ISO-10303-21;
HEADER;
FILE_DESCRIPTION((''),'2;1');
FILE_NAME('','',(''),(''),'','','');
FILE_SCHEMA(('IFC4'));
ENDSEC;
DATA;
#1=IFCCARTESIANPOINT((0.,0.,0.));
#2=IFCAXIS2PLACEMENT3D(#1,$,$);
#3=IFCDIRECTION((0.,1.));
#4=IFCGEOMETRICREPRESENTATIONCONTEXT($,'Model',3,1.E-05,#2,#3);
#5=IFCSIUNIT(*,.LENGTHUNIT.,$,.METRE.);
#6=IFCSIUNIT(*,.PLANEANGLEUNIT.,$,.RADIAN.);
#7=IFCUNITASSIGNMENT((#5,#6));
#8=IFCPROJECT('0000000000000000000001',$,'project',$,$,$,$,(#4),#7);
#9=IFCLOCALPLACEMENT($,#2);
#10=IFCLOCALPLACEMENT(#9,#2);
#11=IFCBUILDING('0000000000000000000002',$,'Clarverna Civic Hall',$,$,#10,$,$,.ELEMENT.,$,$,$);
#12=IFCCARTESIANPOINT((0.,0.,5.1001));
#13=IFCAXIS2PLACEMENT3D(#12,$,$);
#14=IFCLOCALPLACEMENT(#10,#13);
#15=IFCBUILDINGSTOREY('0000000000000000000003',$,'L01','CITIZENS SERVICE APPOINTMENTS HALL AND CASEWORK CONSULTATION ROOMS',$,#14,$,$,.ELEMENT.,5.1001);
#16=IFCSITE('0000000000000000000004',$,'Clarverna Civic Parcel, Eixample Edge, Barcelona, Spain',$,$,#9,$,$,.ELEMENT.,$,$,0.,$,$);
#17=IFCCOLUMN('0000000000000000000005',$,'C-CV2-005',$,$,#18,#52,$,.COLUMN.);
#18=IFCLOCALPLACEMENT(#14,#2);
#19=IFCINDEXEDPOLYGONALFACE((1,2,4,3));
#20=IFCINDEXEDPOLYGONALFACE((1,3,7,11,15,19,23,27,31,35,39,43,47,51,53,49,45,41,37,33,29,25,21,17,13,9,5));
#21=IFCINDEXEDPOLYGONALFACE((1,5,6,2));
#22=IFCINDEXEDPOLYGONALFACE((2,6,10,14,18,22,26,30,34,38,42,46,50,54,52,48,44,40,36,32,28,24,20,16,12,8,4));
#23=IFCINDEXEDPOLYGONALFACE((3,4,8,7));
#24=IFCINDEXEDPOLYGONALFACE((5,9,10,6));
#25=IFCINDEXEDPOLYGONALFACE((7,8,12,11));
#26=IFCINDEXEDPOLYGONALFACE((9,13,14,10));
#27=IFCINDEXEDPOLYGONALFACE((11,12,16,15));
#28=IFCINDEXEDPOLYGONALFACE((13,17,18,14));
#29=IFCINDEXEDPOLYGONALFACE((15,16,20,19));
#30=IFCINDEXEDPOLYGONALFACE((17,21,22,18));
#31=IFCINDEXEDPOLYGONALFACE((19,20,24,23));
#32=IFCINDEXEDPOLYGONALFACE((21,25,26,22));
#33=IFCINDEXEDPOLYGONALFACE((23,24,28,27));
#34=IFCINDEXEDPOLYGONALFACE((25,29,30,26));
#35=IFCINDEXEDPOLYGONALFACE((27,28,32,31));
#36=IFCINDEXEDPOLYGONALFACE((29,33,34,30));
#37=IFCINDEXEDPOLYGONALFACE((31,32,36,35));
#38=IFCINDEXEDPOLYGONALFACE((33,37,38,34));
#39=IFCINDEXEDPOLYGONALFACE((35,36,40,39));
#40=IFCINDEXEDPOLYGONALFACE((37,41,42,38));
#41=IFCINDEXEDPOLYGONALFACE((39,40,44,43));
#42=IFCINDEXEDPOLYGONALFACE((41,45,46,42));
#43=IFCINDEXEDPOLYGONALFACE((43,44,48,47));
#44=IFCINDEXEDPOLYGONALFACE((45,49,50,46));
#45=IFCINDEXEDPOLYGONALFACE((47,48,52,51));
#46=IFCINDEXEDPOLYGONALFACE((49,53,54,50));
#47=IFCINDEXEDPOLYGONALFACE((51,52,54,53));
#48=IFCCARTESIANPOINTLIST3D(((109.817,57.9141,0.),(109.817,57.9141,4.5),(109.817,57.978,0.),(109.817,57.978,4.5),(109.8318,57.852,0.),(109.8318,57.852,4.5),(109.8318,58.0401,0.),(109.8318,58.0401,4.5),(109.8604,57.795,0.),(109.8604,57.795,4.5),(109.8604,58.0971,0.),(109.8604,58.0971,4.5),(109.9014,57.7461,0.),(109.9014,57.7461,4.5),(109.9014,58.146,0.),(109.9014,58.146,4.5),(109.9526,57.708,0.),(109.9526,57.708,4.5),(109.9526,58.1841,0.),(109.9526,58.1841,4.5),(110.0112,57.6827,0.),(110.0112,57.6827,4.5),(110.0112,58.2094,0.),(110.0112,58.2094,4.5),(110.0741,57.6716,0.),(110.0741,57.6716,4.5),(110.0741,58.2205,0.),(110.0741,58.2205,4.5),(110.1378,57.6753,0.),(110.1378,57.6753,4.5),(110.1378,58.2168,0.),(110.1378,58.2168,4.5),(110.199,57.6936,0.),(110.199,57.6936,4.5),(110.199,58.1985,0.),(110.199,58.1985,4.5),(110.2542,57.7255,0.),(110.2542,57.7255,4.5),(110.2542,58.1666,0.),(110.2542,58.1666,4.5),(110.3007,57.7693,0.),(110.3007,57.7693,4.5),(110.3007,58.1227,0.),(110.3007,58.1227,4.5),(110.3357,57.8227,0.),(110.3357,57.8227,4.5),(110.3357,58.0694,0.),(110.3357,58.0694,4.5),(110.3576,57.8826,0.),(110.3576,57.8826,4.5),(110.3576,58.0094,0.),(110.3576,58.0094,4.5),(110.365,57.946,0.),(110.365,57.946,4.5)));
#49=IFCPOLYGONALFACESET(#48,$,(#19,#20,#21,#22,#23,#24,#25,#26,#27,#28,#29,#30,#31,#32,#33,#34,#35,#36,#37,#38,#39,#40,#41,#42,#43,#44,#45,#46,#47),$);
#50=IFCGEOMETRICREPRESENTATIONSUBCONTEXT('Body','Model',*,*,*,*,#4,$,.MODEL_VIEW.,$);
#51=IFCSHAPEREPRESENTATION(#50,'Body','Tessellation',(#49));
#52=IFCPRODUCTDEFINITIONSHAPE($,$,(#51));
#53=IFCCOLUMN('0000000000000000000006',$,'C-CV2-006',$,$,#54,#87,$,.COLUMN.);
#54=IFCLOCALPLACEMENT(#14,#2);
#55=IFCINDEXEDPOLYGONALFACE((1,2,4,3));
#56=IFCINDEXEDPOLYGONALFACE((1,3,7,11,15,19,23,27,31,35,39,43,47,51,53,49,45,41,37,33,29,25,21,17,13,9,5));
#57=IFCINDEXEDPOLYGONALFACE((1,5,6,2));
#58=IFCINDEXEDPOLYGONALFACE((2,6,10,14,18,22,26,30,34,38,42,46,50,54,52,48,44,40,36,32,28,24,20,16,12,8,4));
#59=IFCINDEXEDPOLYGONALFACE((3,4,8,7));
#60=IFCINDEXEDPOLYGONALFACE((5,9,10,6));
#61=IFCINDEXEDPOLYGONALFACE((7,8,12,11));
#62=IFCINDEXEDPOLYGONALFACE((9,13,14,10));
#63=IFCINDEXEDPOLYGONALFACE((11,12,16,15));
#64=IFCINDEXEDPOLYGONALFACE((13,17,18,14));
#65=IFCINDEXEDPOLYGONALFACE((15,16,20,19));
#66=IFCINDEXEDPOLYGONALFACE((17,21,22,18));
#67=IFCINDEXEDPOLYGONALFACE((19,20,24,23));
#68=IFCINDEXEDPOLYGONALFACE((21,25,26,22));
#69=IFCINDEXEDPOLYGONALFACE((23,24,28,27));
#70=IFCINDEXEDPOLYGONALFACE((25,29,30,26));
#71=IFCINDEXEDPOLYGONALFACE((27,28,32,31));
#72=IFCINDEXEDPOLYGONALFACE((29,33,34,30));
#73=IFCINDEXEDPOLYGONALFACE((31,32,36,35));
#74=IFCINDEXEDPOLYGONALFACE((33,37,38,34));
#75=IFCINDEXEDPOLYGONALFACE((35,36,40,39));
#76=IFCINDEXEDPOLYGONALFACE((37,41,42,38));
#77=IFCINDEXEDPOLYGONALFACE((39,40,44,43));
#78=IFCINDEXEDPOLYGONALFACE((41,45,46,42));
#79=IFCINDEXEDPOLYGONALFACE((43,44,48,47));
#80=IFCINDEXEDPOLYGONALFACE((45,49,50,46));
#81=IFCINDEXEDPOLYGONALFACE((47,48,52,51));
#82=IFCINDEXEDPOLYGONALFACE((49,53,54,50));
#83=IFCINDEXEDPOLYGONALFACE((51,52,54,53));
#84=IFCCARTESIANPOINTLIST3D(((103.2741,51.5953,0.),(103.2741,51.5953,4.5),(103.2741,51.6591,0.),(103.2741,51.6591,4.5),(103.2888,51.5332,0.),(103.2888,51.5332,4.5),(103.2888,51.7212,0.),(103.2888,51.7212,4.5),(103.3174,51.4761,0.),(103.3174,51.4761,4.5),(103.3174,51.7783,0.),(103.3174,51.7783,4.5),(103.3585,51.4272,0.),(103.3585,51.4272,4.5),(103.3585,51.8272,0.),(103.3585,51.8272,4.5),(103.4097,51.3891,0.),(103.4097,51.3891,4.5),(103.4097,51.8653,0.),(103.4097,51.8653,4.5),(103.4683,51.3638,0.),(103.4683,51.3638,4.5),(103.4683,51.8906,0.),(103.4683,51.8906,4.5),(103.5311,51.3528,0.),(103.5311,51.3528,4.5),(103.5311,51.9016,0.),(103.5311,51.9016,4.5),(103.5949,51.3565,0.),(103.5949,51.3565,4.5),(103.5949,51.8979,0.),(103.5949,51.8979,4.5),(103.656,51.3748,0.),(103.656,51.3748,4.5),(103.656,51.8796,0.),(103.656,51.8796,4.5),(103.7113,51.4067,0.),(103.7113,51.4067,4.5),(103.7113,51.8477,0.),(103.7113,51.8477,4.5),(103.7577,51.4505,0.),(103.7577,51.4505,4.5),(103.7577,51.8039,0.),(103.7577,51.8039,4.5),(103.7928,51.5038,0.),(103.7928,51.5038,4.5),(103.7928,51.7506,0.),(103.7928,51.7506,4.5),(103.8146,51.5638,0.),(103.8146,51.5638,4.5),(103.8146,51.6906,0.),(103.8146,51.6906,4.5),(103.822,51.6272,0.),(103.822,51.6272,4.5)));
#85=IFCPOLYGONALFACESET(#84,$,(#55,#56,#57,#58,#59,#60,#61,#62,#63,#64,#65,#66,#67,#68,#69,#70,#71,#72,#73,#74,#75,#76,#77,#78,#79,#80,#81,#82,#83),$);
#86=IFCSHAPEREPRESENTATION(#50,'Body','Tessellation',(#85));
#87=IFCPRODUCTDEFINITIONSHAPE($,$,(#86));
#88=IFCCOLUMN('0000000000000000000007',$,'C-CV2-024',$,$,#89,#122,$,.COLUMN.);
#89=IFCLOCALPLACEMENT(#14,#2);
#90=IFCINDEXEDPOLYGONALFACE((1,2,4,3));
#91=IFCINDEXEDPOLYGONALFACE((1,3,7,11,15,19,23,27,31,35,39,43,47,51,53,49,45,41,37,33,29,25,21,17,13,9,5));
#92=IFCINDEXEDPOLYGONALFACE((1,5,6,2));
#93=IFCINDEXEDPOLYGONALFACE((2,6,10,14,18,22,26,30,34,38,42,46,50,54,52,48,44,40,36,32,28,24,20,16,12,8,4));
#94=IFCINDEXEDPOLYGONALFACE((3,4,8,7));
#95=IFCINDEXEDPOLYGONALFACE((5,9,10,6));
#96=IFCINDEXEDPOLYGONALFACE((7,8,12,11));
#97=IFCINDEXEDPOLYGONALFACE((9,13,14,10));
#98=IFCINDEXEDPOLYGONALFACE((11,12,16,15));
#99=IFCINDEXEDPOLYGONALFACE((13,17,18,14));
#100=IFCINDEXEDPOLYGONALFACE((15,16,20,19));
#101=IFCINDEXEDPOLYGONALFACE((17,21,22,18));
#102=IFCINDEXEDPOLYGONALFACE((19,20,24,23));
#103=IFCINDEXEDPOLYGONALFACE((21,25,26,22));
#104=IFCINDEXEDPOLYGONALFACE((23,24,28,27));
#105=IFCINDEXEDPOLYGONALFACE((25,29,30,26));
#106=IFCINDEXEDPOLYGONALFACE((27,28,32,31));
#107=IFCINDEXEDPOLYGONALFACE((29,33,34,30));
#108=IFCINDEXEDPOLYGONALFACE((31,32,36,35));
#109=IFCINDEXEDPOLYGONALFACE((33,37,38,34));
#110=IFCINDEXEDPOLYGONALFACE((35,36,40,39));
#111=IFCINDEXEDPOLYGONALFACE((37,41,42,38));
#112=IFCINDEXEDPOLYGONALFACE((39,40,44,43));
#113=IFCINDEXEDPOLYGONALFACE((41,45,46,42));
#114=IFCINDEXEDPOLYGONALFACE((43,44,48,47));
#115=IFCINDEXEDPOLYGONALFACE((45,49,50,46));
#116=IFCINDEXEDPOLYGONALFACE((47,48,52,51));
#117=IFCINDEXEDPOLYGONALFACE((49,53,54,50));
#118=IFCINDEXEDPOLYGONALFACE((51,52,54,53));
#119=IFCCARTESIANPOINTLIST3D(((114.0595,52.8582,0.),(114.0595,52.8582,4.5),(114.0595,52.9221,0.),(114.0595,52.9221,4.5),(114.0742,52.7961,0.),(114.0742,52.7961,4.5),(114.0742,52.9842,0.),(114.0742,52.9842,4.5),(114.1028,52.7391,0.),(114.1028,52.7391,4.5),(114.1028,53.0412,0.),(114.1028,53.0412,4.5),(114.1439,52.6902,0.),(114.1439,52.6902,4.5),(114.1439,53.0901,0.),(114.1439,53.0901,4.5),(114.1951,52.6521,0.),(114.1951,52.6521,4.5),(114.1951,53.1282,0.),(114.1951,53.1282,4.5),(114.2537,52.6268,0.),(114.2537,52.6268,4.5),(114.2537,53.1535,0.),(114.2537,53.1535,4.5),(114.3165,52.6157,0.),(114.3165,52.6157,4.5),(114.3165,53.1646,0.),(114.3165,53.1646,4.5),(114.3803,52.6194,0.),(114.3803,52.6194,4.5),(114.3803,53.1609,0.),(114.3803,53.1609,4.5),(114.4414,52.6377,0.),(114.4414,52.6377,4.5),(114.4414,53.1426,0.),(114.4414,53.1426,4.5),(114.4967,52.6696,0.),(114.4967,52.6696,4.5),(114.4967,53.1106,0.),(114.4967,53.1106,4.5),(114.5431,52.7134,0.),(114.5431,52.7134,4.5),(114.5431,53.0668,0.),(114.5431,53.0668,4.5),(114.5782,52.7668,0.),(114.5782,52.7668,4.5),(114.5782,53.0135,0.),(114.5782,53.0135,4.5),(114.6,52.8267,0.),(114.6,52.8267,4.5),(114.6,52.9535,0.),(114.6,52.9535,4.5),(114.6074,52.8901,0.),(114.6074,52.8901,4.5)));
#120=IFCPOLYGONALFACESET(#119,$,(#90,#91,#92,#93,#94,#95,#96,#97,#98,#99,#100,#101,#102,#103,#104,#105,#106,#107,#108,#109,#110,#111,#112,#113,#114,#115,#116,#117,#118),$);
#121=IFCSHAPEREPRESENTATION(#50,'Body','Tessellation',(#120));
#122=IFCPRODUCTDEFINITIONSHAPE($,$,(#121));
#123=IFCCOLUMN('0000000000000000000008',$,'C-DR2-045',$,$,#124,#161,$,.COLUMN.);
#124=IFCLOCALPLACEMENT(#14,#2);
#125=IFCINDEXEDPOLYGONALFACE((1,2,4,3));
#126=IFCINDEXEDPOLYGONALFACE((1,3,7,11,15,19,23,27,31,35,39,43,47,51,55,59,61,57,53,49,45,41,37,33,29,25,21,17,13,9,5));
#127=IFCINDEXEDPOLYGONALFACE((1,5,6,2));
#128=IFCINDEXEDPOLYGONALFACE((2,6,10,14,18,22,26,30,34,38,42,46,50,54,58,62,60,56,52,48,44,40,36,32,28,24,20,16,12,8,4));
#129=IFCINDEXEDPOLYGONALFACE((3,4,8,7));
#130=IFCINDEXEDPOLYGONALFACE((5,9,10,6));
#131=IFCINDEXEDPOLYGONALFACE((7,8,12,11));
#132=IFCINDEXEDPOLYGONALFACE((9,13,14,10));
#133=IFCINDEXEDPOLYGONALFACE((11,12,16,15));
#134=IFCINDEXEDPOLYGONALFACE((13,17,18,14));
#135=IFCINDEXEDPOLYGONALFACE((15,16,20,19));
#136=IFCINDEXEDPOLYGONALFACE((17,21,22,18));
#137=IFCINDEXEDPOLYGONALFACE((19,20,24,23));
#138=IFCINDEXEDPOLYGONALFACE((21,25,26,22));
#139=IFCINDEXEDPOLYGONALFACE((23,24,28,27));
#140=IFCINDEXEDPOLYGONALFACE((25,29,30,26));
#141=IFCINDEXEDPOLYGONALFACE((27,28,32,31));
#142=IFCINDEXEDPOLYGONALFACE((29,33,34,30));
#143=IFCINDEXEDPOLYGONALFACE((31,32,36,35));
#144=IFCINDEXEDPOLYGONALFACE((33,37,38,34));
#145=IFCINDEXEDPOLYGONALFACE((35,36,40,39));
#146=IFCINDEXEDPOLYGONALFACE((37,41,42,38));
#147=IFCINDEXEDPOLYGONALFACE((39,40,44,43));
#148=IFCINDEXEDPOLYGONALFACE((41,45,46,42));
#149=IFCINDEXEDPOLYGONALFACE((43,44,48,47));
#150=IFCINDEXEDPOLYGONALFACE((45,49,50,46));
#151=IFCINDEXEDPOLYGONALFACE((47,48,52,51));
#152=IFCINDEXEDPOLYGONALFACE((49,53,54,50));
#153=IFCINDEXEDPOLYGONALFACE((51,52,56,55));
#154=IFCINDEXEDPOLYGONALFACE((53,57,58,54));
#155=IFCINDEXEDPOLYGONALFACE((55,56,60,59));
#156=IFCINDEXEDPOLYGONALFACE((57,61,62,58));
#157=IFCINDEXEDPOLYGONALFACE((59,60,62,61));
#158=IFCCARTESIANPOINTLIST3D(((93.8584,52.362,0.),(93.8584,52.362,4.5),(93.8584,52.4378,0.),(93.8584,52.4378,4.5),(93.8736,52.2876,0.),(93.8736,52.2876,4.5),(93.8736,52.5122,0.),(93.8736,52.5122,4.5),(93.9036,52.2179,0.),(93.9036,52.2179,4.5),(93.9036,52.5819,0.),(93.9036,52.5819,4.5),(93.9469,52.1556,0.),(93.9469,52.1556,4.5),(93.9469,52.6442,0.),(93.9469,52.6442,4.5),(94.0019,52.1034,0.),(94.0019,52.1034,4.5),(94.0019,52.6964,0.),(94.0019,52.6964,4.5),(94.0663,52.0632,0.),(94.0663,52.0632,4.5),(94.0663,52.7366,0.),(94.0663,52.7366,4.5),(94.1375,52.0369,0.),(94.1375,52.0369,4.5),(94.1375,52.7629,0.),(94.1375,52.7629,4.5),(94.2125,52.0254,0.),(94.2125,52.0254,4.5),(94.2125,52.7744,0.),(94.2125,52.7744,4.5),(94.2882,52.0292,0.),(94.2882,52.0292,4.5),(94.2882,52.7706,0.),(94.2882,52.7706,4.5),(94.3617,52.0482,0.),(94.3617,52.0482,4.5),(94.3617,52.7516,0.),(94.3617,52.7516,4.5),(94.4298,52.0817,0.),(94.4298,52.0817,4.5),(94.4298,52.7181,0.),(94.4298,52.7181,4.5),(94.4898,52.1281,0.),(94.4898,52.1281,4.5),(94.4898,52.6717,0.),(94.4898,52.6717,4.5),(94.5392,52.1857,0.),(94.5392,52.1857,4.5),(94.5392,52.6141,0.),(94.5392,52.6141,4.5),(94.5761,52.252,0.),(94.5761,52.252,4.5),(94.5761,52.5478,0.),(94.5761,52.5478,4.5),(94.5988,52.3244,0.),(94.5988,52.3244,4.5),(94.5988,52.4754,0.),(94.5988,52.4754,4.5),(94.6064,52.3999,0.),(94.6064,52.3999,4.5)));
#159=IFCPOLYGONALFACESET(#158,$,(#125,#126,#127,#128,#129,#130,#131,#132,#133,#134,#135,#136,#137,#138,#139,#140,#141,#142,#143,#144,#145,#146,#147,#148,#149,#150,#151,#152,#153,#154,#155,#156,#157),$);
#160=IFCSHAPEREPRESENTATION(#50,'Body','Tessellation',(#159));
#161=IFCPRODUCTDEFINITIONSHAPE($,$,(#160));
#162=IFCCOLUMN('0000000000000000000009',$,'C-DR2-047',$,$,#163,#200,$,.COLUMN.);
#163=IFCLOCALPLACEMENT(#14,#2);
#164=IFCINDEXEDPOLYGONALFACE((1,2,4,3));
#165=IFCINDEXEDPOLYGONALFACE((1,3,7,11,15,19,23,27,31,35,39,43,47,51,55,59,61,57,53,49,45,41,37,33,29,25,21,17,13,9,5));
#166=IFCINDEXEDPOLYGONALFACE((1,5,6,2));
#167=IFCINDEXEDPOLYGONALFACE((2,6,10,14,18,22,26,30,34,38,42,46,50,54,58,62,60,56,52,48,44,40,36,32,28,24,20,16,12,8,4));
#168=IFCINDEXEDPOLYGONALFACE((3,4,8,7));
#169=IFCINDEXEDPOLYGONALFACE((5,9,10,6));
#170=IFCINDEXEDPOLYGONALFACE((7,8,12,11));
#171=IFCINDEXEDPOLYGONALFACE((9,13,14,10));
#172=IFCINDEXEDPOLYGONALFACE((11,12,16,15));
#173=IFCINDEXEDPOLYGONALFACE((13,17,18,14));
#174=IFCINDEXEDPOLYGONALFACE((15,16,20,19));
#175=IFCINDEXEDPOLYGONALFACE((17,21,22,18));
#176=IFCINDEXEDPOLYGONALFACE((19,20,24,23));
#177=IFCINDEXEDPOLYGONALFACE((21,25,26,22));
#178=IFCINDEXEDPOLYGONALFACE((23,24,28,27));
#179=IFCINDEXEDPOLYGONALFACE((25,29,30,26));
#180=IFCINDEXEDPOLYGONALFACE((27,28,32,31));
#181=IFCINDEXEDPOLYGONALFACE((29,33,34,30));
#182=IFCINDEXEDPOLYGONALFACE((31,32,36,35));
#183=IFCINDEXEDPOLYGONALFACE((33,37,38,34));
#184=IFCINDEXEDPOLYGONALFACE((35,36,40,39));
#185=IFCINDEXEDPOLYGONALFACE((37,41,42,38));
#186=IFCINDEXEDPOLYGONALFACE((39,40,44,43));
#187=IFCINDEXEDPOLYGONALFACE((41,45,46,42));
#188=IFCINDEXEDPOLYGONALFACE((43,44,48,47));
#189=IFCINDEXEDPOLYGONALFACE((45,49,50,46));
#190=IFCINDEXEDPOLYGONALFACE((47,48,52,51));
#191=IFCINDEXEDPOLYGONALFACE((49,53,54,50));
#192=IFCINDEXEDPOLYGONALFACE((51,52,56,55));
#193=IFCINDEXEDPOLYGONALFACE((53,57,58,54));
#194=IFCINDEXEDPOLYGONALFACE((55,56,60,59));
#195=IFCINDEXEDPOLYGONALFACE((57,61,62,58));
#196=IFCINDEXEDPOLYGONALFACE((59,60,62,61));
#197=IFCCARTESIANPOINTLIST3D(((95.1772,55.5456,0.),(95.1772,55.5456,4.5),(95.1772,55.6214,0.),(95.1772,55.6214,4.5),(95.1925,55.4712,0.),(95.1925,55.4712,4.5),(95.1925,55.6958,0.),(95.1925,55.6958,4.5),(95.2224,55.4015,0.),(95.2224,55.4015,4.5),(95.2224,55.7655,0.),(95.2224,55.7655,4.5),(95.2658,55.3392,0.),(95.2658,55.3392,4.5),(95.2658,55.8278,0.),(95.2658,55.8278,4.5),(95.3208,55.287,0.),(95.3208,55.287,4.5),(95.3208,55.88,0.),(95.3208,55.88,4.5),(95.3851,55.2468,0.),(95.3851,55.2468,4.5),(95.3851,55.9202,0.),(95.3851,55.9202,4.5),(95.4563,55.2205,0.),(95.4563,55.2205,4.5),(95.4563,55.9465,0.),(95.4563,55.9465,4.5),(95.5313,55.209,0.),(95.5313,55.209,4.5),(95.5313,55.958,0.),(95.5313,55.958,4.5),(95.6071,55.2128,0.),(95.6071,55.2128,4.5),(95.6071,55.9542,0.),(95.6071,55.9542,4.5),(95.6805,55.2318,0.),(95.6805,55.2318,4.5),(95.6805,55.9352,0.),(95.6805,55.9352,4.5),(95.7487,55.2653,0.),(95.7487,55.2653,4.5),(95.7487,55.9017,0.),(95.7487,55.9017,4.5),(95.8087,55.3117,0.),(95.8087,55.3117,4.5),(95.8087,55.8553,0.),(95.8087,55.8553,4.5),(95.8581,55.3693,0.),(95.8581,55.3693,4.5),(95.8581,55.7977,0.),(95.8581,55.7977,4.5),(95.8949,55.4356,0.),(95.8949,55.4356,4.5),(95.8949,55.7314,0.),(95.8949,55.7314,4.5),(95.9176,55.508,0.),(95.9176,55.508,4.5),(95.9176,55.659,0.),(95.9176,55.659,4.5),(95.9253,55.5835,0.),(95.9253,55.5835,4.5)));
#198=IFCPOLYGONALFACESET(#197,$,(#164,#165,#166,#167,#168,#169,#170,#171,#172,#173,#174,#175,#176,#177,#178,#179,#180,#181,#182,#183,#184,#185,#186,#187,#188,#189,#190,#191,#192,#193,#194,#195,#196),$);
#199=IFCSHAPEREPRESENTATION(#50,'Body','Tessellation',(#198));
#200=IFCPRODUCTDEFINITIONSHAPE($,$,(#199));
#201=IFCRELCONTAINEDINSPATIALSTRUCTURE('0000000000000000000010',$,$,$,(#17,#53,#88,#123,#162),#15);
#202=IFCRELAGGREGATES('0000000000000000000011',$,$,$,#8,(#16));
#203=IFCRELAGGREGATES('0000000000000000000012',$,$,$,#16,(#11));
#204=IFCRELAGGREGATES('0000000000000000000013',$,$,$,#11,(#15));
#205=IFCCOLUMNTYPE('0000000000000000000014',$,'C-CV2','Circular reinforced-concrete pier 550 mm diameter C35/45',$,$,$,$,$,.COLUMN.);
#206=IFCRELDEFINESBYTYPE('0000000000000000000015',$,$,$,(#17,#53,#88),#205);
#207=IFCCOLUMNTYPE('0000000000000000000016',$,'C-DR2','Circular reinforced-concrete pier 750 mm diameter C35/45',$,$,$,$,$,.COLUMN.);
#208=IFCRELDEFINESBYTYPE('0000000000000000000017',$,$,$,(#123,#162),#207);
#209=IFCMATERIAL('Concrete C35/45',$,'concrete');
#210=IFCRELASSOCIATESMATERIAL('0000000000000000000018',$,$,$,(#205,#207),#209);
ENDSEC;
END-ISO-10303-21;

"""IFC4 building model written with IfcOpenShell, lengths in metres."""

from ifc_helpers import new_model, si_unit, direction, frame, origin, origin_2d, place, context, subcontext, project, spatial, circle, extrude, material, material_profile, profile_set, type_object, element, save


model = new_model("IFC4")

# Units and contexts
model_context = context("Model", 3, precision=1e-05, world=origin(), true_north=direction((0.0, 1.0)))
body_context = subcontext(model_context, "Body", "Model", "MODEL_VIEW")
ifc_project = project(units=[si_unit("LENGTHUNIT", "METRE"), si_unit("PLANEANGLEUNIT", "RADIAN")], contexts=[model_context])

# Site, building, storey
site_placement = place(None, origin())
site = spatial("IfcSite", under=ifc_project, at=site_placement, Name="Clarverna Civic Parcel, Eixample Edge, Barcelona, Spain", CompositionType="ELEMENT", RefElevation=0.0)
building_placement = place(site_placement, origin())
building = spatial("IfcBuilding", under=site, at=building_placement, Name="Clarverna Civic Hall", CompositionType="ELEMENT")
storey_placement = place(building_placement, frame((0.0, 0.0, 5.1001)))
storey = spatial("IfcBuildingStorey", under=building, at=storey_placement, Name="L01", Description="CITIZENS SERVICE APPOINTMENTS HALL AND CASEWORK CONSULTATION ROOMS", CompositionType="ELEMENT", Elevation=5.1001)

# Columns
ifc_material_1 = material(Name="Concrete C35/45", Category="concrete")
ifc_material_profile_1 = material_profile(ifc_material_1, circle(Radius=0.2749, at=origin_2d()), Name="RC D550")
ifc_profile_set_1 = profile_set([ifc_material_profile_1], Name="Concrete C35/45")
column_type_1 = type_object("IfcColumnType", Name="C-CV2", Description="Circular reinforced-concrete pier 550 mm diameter C35/45", PredefinedType="COLUMN", material=ifc_profile_set_1)
for number, where, z_axis, x_axis, name in (
    (1, (110.0901, 57.946, 0.0), (0.0, 0.0, 1.0), (1.0, 0.0, 0.0), "C-CV2-005"),
    (2, (103.5471, 51.6272, 0.0), (0.0, 0.0, 1.0), (1.0, 0.0, 0.0), "C-CV2-006"),
    (3, (114.3325, 52.8901, 0.0), (0.0, 0.0, 1.0), (1.0, 0.0, 0.0), "C-CV2-024"),
):
    element("IfcColumn", number, at=place(storey_placement, frame(where, z_axis=z_axis, x_axis=x_axis)), inside=storey, type_object=column_type_1, Name=name, PredefinedType="COLUMN", context=body_context, shape_type="SweptSolid", body=[
        extrude(circle(Radius=0.2749, at=origin_2d()), origin(), (0.0, 0.0, 1.0), 4.5),
    ])
ifc_material_profile_2 = material_profile(ifc_material_1, circle(Radius=0.375, at=origin_2d()), Name="RC D750")
ifc_profile_set_2 = profile_set([ifc_material_profile_2], Name="Concrete C35/45")
column_type_2 = type_object("IfcColumnType", Name="C-DR2", Description="Circular reinforced-concrete pier 750 mm diameter C35/45", PredefinedType="COLUMN", material=ifc_profile_set_2)
for number, where, z_axis, x_axis, name in (
    (4, (94.2314, 52.3999, 0.0), (0.0, 0.0, 1.0), (1.0, 0.0, 0.0), "C-DR2-045"),
    (5, (95.5503, 55.5835, 0.0), (0.0, 0.0, 1.0), (1.0, 0.0, 0.0), "C-DR2-047"),
):
    element("IfcColumn", number, at=place(storey_placement, frame(where, z_axis=z_axis, x_axis=x_axis)), inside=storey, type_object=column_type_2, Name=name, PredefinedType="COLUMN", context=body_context, shape_type="SweptSolid", body=[
        extrude(circle(Radius=0.375, at=origin_2d()), origin(), (0.0, 0.0, 1.0), 4.5),
    ])

save(model, "model.ifc")
